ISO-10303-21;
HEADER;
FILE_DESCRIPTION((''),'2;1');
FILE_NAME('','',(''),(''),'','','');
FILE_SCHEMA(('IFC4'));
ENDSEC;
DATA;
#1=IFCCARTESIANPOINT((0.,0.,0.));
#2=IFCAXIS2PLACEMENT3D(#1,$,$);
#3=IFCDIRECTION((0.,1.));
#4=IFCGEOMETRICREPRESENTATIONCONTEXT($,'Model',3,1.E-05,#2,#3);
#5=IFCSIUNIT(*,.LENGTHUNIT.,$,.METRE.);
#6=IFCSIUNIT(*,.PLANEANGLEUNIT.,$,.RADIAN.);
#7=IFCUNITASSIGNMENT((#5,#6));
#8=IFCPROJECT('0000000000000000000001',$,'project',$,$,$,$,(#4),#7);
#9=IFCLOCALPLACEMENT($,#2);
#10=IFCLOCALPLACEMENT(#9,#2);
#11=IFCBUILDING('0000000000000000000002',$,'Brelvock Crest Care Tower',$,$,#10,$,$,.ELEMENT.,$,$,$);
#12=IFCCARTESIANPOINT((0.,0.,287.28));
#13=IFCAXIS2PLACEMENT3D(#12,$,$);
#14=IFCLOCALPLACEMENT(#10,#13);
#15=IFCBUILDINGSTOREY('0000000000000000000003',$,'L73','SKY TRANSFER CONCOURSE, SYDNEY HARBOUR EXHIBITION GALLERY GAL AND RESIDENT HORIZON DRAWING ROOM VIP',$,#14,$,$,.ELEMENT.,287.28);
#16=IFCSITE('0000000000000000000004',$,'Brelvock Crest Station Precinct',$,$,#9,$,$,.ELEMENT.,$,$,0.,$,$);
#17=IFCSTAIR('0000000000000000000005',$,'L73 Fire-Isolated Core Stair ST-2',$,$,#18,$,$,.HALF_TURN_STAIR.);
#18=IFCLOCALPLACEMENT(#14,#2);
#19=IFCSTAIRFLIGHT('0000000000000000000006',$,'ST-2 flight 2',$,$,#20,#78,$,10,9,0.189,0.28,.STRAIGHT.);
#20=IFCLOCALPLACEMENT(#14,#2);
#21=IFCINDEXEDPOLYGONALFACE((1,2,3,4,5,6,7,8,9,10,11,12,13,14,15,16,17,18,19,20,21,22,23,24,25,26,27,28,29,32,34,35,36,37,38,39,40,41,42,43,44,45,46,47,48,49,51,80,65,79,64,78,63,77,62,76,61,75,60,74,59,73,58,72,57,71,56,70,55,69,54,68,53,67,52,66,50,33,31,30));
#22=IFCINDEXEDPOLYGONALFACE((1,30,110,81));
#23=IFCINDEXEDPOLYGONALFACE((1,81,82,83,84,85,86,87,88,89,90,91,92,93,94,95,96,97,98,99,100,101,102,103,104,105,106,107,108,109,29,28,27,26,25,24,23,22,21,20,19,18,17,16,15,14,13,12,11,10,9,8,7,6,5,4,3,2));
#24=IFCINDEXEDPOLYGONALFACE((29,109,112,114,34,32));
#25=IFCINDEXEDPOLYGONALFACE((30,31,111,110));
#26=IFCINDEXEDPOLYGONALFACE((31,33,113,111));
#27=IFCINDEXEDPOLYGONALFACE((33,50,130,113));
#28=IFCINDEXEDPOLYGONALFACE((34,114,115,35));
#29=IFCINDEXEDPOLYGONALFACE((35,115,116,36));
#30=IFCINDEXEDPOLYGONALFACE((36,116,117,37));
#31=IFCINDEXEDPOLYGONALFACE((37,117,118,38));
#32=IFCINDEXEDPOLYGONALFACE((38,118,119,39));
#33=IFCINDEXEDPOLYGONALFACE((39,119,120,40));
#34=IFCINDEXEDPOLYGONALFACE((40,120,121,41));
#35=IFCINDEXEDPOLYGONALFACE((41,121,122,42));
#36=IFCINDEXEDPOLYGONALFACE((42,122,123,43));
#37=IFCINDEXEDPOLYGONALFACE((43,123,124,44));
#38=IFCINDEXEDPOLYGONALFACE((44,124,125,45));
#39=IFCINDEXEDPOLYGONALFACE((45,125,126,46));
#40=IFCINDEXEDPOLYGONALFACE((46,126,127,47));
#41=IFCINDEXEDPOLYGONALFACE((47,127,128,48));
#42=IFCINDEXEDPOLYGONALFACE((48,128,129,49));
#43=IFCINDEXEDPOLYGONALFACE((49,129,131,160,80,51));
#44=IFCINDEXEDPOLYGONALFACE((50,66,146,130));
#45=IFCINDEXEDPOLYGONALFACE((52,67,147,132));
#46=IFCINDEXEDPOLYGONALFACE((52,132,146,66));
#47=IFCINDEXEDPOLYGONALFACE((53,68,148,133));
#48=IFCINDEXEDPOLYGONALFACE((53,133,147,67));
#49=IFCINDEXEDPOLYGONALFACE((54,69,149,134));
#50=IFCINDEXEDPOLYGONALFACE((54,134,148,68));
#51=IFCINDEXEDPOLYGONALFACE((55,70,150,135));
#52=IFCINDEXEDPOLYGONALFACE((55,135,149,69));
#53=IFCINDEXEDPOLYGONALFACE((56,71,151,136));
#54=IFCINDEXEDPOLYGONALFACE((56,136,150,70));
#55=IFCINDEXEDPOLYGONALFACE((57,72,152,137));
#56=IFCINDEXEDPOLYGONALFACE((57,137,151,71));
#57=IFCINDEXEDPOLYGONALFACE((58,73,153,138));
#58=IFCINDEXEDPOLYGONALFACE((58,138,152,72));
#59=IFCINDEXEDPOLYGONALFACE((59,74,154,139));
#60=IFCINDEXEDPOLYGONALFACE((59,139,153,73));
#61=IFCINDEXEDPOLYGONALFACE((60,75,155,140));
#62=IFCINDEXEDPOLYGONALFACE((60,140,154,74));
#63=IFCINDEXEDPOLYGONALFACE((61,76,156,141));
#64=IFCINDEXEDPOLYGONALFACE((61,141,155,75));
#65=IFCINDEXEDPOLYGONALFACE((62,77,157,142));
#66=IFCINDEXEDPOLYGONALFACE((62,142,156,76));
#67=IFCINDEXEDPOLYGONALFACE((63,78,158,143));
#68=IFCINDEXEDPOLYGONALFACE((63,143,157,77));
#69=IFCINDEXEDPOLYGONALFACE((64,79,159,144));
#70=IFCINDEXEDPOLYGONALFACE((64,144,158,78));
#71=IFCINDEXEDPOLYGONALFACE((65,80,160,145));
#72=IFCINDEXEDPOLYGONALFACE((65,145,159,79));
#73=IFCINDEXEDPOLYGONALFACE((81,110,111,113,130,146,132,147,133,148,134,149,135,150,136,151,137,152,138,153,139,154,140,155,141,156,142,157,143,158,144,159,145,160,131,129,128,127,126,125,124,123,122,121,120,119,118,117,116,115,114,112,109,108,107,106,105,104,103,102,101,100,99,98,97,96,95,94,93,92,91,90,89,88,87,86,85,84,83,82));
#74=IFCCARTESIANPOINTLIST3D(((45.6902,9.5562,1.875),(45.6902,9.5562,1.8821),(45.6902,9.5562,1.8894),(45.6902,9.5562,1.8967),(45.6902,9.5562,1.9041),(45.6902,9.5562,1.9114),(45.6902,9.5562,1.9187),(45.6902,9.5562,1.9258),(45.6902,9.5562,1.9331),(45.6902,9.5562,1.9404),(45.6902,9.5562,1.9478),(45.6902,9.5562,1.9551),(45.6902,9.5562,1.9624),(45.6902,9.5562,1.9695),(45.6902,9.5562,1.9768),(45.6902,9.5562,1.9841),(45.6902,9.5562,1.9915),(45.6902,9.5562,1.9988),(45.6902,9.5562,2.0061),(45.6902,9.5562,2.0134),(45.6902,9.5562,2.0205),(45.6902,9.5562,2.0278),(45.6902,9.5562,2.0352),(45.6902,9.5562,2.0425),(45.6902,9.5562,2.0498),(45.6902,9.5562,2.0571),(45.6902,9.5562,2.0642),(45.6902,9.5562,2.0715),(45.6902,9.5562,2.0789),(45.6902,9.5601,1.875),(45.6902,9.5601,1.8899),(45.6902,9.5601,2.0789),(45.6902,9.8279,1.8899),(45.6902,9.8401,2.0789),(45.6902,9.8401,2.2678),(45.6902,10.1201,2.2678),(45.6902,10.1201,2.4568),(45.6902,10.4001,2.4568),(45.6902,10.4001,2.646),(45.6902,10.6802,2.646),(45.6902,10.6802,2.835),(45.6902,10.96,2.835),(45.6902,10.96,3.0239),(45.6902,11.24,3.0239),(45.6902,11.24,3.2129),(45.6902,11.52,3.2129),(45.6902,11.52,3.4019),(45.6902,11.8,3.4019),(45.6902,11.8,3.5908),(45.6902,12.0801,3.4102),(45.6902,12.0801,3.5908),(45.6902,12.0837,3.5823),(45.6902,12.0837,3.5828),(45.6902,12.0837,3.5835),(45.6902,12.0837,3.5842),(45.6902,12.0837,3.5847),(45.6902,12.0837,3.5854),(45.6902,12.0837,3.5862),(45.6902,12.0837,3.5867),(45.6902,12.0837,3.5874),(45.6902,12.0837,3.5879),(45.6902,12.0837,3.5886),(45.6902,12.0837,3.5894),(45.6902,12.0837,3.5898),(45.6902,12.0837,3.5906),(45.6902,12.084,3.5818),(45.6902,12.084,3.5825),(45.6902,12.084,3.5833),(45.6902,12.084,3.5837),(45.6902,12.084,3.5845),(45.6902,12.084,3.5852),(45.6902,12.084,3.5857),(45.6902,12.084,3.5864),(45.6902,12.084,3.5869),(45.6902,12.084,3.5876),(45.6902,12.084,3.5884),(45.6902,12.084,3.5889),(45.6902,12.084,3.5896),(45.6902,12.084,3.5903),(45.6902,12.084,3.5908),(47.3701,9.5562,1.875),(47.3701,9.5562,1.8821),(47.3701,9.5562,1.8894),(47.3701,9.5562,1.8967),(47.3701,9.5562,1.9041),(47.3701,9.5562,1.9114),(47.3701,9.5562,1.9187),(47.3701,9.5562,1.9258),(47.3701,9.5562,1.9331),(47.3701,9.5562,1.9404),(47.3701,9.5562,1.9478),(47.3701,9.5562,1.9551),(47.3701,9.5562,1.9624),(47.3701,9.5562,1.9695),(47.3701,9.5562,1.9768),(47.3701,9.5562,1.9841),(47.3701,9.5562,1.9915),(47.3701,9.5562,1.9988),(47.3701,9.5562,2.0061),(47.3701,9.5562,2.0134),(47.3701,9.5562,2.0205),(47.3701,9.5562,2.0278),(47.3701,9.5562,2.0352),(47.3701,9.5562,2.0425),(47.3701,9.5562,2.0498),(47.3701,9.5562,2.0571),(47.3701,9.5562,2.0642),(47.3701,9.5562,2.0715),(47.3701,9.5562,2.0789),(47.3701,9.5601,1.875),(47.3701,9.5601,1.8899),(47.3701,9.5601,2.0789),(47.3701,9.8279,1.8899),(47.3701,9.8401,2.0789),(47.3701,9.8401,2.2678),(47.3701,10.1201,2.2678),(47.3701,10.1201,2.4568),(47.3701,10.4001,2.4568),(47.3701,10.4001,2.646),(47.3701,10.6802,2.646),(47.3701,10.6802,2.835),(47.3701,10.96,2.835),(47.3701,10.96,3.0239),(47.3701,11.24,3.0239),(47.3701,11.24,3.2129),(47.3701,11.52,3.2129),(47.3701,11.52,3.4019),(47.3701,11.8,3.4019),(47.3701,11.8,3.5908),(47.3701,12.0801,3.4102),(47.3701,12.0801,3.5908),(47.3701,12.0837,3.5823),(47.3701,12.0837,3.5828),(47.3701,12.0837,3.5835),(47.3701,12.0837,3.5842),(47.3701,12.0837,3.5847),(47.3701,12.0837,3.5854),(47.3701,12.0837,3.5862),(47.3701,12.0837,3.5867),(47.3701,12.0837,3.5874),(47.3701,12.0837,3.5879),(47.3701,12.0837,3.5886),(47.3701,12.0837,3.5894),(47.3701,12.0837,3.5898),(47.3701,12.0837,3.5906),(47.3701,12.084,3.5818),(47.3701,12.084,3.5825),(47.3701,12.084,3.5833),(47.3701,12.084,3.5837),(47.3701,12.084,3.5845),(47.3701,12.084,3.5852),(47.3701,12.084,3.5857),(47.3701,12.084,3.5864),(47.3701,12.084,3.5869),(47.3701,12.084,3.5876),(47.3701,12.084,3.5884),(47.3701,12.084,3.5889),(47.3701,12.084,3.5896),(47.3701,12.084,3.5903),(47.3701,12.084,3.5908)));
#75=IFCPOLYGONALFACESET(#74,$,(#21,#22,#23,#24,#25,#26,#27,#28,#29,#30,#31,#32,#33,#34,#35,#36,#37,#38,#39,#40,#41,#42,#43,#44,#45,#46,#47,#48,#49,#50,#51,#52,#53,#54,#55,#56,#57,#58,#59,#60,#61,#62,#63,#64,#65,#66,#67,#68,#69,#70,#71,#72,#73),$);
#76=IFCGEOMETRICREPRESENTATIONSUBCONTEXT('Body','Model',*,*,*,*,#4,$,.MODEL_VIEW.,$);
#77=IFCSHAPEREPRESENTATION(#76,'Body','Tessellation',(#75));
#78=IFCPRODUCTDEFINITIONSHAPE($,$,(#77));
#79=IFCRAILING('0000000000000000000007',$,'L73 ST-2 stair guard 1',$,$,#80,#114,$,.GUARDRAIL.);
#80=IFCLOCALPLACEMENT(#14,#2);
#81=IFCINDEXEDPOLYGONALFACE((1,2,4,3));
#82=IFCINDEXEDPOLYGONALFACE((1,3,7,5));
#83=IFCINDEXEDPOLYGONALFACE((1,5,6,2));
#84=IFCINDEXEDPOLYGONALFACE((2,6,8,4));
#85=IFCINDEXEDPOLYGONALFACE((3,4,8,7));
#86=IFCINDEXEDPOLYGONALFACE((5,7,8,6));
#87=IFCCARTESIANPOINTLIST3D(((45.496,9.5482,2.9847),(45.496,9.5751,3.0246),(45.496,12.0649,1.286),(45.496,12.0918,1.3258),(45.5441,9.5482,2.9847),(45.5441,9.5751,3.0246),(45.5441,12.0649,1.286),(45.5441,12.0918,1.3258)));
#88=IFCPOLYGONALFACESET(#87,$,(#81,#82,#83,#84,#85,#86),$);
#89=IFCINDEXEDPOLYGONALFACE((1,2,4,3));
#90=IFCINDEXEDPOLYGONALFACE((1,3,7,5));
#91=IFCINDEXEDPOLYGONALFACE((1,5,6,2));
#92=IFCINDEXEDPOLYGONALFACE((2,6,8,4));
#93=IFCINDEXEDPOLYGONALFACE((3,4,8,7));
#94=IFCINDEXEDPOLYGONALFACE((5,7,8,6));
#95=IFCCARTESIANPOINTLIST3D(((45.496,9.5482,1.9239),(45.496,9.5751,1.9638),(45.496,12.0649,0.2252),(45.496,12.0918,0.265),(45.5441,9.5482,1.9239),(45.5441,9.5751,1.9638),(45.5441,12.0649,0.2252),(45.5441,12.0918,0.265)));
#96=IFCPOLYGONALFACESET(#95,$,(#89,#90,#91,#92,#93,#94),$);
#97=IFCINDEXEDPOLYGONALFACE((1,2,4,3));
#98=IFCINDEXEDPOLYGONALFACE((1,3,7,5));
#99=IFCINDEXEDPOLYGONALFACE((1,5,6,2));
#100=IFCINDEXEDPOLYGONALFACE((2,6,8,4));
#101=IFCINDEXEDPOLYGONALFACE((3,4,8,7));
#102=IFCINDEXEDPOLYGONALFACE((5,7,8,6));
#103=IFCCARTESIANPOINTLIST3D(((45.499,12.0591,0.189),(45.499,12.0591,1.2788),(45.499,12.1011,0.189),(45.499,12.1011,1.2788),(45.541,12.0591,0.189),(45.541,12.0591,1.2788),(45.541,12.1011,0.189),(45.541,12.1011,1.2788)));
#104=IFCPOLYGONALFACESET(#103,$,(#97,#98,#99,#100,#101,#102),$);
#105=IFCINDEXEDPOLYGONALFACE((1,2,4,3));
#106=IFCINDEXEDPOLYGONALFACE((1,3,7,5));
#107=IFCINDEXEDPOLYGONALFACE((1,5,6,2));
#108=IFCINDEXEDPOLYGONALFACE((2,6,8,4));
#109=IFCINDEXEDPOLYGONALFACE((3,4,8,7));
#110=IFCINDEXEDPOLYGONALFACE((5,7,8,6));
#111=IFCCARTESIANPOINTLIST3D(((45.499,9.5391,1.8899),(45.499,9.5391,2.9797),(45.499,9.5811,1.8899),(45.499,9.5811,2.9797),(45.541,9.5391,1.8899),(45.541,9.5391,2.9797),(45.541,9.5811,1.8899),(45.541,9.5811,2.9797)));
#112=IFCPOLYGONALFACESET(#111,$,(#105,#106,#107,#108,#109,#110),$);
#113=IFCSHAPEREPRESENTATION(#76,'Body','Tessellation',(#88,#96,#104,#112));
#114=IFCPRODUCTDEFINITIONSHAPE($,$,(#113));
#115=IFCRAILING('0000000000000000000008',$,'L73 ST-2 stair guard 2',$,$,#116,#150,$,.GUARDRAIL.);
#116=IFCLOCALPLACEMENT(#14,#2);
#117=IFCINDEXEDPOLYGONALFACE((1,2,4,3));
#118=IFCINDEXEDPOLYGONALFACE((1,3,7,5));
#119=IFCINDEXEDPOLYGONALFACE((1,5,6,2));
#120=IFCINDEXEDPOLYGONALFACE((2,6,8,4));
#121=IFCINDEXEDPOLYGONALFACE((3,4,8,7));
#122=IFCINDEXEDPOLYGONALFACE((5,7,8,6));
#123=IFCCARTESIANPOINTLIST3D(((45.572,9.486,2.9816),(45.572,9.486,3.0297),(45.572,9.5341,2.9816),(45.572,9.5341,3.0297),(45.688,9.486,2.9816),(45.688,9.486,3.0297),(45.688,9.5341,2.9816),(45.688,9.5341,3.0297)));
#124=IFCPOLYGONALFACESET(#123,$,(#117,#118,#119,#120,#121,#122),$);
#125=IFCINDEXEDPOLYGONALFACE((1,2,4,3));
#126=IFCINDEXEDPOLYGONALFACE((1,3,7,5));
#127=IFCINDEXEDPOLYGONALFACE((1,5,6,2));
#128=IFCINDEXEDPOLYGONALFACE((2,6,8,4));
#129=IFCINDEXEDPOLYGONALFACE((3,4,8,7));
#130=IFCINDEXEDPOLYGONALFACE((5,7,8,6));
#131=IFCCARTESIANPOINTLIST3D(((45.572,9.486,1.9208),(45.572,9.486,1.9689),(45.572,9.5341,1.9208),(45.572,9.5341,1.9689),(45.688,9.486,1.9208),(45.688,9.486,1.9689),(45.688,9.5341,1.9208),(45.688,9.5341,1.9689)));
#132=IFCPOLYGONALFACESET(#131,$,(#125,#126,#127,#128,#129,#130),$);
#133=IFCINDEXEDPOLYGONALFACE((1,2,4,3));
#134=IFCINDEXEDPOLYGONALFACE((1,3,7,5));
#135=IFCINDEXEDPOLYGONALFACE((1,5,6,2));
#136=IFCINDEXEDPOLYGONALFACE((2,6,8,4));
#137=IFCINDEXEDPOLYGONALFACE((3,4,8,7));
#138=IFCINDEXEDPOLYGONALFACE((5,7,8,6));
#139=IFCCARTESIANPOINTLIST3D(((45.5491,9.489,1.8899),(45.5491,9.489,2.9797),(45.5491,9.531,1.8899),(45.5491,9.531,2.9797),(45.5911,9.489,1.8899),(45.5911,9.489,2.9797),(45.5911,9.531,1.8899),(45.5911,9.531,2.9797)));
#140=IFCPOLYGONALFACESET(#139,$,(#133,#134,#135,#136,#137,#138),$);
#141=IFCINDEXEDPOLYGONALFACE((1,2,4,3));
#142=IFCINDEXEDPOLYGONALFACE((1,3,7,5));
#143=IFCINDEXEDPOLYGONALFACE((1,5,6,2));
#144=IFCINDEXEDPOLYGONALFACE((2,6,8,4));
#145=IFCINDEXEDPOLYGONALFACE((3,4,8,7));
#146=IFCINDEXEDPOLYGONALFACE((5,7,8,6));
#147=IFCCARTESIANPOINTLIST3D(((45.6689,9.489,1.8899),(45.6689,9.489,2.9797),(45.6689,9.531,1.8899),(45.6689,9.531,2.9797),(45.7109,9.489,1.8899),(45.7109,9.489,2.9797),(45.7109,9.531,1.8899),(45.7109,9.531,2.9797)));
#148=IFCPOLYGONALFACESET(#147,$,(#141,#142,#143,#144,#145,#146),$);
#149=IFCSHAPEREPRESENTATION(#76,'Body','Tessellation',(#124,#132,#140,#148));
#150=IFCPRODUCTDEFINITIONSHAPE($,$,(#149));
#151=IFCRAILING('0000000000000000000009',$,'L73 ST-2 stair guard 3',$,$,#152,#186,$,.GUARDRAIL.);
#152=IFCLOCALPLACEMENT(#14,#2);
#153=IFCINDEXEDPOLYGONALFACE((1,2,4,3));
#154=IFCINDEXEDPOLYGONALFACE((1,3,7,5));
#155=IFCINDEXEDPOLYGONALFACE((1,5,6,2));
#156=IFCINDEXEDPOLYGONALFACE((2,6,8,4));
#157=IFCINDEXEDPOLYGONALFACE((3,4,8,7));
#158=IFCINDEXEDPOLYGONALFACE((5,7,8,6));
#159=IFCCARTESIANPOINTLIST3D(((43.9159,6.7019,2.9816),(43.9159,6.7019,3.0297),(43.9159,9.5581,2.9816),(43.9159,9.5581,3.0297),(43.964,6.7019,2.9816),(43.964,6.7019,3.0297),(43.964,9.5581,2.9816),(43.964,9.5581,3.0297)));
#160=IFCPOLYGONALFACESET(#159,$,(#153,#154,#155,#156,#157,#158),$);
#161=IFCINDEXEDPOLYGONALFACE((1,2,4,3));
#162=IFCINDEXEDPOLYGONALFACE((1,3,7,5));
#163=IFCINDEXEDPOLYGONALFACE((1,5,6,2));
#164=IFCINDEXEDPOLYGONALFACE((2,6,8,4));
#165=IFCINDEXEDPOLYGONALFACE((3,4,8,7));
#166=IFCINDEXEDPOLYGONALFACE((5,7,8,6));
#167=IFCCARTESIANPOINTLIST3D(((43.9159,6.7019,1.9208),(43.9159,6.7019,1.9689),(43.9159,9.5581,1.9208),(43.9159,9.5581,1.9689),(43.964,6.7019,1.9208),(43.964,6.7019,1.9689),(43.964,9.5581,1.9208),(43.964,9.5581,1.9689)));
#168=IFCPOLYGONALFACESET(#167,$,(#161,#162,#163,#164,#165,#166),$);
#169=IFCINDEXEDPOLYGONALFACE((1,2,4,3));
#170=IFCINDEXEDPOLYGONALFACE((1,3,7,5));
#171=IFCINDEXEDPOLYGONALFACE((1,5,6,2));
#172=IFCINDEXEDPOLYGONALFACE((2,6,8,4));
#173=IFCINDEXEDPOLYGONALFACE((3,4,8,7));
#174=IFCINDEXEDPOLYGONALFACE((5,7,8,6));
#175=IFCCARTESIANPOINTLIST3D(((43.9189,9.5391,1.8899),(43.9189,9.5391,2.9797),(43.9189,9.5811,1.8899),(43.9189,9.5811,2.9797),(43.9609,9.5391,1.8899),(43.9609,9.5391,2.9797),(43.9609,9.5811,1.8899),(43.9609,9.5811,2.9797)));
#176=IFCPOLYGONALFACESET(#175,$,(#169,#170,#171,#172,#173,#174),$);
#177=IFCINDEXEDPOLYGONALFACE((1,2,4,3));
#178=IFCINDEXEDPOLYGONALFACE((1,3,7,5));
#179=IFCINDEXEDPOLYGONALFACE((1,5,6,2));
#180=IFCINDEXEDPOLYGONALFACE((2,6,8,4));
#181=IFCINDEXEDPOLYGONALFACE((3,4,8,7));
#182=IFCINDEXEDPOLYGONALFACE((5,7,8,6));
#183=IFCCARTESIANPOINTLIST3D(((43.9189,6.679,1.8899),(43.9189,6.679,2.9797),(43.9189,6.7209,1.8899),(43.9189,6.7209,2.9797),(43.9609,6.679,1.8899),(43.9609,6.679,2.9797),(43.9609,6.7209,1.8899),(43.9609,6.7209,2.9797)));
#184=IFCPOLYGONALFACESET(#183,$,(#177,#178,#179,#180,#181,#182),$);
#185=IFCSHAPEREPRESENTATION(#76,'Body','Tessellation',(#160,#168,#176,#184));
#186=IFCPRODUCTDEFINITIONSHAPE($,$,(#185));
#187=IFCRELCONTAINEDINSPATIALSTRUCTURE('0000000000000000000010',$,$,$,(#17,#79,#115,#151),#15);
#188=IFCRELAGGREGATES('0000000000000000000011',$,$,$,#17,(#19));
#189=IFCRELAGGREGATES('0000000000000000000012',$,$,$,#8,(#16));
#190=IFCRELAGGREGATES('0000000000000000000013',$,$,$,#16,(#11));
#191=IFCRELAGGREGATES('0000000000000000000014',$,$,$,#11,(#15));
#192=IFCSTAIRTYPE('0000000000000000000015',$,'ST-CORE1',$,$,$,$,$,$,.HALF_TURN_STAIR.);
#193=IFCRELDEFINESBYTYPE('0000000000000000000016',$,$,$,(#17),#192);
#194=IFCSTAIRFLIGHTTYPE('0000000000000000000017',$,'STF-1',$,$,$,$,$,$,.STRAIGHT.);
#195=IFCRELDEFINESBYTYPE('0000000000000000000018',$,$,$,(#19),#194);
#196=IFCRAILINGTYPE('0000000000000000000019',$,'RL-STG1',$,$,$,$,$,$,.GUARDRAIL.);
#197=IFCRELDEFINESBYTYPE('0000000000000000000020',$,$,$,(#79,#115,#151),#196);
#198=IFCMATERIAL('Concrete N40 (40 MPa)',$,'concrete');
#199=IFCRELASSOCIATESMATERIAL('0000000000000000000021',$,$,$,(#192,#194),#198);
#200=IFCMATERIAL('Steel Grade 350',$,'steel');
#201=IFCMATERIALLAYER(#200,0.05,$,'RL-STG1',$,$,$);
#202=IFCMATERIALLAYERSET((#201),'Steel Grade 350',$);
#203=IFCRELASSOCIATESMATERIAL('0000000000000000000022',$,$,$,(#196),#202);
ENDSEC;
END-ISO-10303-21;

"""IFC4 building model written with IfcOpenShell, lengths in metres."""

from ifc_helpers import new_model, si_unit, direction, frame, origin, origin_2d, place, context, subcontext, project, spatial, polyline, rectangle, outline, extrude, material, layer, layer_set, type_object, element, aggregate, save


model = new_model("IFC4")

# Units and contexts
model_context = context("Model", 3, precision=1e-05, world=origin(), true_north=direction((0.0, 1.0)))
body_context = subcontext(model_context, "Body", "Model", "MODEL_VIEW")
ifc_project = project(units=[si_unit("LENGTHUNIT", "METRE"), si_unit("PLANEANGLEUNIT", "RADIAN")], contexts=[model_context])

# Site, building, storey
site_placement = place(None, origin())
site = spatial("IfcSite", under=ifc_project, at=site_placement, Name="Brelvock Crest Station Precinct", CompositionType="ELEMENT", RefElevation=0.0)
building_placement = place(site_placement, origin())
building = spatial("IfcBuilding", under=site, at=building_placement, Name="Brelvock Crest Care Tower", CompositionType="ELEMENT")
storey_placement = place(building_placement, frame((0.0, 0.0, 287.28)))
storey = spatial("IfcBuildingStorey", under=building, at=storey_placement, Name="L73", Description="SKY TRANSFER CONCOURSE, SYDNEY HARBOUR EXHIBITION GALLERY GAL AND RESIDENT HORIZON DRAWING ROOM VIP", CompositionType="ELEMENT", Elevation=287.28)

# Shared definitions
ifc_material_1 = material(Name="Steel Grade 350", Category="steel")

# Stair, stair flight
ifc_material_2 = material(Name="Concrete N40 (40 MPa)", Category="concrete")
stair_type = type_object("IfcStairType", Name="ST-CORE1", PredefinedType="HALF_TURN_STAIR", material=ifc_material_2)
stair_placement = place(storey_placement, origin())
stair = element("IfcStair", 1, at=stair_placement, inside=storey, type_object=stair_type, Name="L73 Fire-Isolated Core Stair ST-2", PredefinedType="HALF_TURN_STAIR")
stair_flight_type = type_object("IfcStairFlightType", Name="STF-1", PredefinedType="STRAIGHT", material=ifc_material_2)
stair_flight_1_placement = place(storey_placement, frame((46.53, 9.5601, 1.8899), z_axis=(0.0, 0.0, 1.0), x_axis=(0.0, 1.0, 0.0)))
stair_flight_1 = element("IfcStairFlight", 2, at=stair_flight_1_placement, type_object=stair_flight_type, Name="ST-2 flight 2", NumberOfRisers=10, NumberOfTreads=9, PredefinedType="STRAIGHT", RiserHeight=0.189, TreadLength=0.28, context=body_context, shape_type="SweptSolid", body=[
    extrude(outline(polyline([(-0.0039, -0.0149), (-0.0039, -0.0078), (-0.0039, -0.0005), (-0.0039, 0.0068), (-0.0039, 0.0142), (-0.0039, 0.0215), (-0.0039, 0.0288), (-0.0039, 0.0359), (-0.0039, 0.0432), (-0.0039, 0.0505), (-0.0039, 0.0579), (-0.0039, 0.0652), (-0.0039, 0.0725), (-0.0039, 0.0796), (-0.0039, 0.0869), (-0.0039, 0.0942), (-0.0039, 0.1016), (-0.0039, 0.1089), (-0.0039, 0.1162), (-0.0039, 0.1235), (-0.0039, 0.1306), (-0.0039, 0.1379), (-0.0039, 0.1453), (-0.0039, 0.1526), (-0.0039, 0.1599), (-0.0039, 0.1672), (-0.0039, 0.1743), (-0.0039, 0.1816), (-0.0039, 0.189), (0.0, 0.189), (0.28, 0.189), (0.28, 0.3779), (0.5601, 0.3779), (0.5601, 0.5669), (0.8401, 0.5669), (0.8401, 0.7561), (1.1201, 0.7561), (1.1201, 0.9451), (1.3999, 0.9451), (1.3999, 1.134), (1.6799, 1.134), (1.6799, 1.323), (1.96, 1.323), (1.96, 1.512), (2.24, 1.512), (2.24, 1.7009), (2.52, 1.7009), (2.5239, 1.7009), (2.5237, 1.7007), (2.5239, 1.7004), (2.5237, 1.7), (2.5239, 1.6997), (2.5237, 1.6995), (2.5239, 1.699), (2.5237, 1.6987), (2.5239, 1.6985), (2.5237, 1.698), (2.5239, 1.6978), (2.5237, 1.6975), (2.5239, 1.697), (2.5237, 1.6968), (2.5239, 1.6965), (2.5237, 1.6963), (2.5239, 1.6958), (2.5237, 1.6956), (2.5239, 1.6953), (2.5237, 1.6948), (2.5239, 1.6946), (2.5237, 1.6943), (2.5239, 1.6938), (2.5237, 1.6936), (2.5239, 1.6934), (2.5237, 1.6929), (2.5239, 1.6926), (2.5237, 1.6924), (2.5239, 1.6919), (2.52, 1.5203), (0.2678, 0.0), (0.0, 0.0), (0.0, -0.0149), (-0.0039, -0.0149)])), frame((0.0, 0.8398, 0.0), z_axis=(0.0, -1.0, 0.0), x_axis=(1.0, 0.0, 0.0)), (0.0, 0.0, 1.0), 1.6799),
])
aggregate(stair, [stair_flight_1])

# Railings
ifc_layer_1 = layer(ifc_material_1, 0.05, Name="RL-STG1")
ifc_layer_set_1 = layer_set([ifc_layer_1], Name="Steel Grade 350")
railing_type_1 = type_object("IfcRailingType", Name="RL-STG1", PredefinedType="GUARDRAIL", material=ifc_layer_set_1)
railing_1_placement = place(storey_placement, frame((45.52, 12.0801, 0.189)))
element("IfcRailing", 3, at=railing_1_placement, inside=storey, type_object=railing_type_1, Name="L73 ST-2 stair guard 1", PredefinedType="GUARDRAIL", context=body_context, shape_type="SweptSolid", body=[
    extrude(rectangle(XDim=0.0481, YDim=0.0481, at=origin_2d()), frame((0.0, -0.0017, 1.1169), z_axis=(0.0, -0.828862, 0.559454), x_axis=(1.0, 0.0, 0.0)), (0.0, 0.0, 1.0), 3.0364),
    extrude(rectangle(XDim=0.0481, YDim=0.0481, at=origin_2d()), frame((0.0, -0.0017, 0.0562), z_axis=(0.0, -0.828862, 0.559454), x_axis=(1.0, 0.0, 0.0)), (0.0, 0.0, 1.0), 3.0364),
    extrude(rectangle(XDim=0.042, YDim=0.042, at=origin_2d()), origin(), (0.0, 0.0, 1.0), 1.0898),
    extrude(rectangle(XDim=0.042, YDim=0.042, at=origin_2d()), frame((0.0, -2.52, 1.7009)), (0.0, 0.0, 1.0), 1.0898),
])
railing_2_placement = place(storey_placement, frame((45.5701, 9.51, 1.8899)))
element("IfcRailing", 4, at=railing_2_placement, inside=storey, type_object=railing_type_1, Name="L73 ST-2 stair guard 2", PredefinedType="GUARDRAIL", context=body_context, shape_type="SweptSolid", body=[
    extrude(rectangle(XDim=0.0481, YDim=0.0481, at=origin_2d()), frame((0.002, 0.0, 1.1157), z_axis=(1.0, 0.0, 0.0), x_axis=(0.0, 1.0, 0.0)), (0.0, 0.0, 1.0), 0.116),
    extrude(rectangle(XDim=0.0481, YDim=0.0481, at=origin_2d()), frame((0.002, 0.0, 0.0549), z_axis=(1.0, 0.0, 0.0), x_axis=(0.0, 1.0, 0.0)), (0.0, 0.0, 1.0), 0.116),
    extrude(rectangle(XDim=0.042, YDim=0.042, at=origin_2d()), origin(), (0.0, 0.0, 1.0), 1.0898),
    extrude(rectangle(XDim=0.042, YDim=0.042, at=origin_2d()), frame((0.1199, 0.0, 0.0)), (0.0, 0.0, 1.0), 1.0898),
])
for number, where, name in (
    (5, (43.9399, 9.5601, 1.8899), "L73 ST-2 stair guard 3"),
):
    element("IfcRailing", number, at=place(storey_placement, frame(where)), inside=storey, type_object=railing_type_1, Name=name, PredefinedType="GUARDRAIL", context=body_context, shape_type="SweptSolid", body=[
        extrude(rectangle(XDim=0.0481, YDim=0.0481, at=origin_2d()), frame((0.0, -0.002, 1.1157), z_axis=(0.0, -1.0, 0.0), x_axis=(1.0, 0.0, 0.0)), (0.0, 0.0, 1.0), 2.8562),
        extrude(rectangle(XDim=0.0481, YDim=0.0481, at=origin_2d()), frame((0.0, -0.002, 0.0549), z_axis=(0.0, -1.0, 0.0), x_axis=(1.0, 0.0, 0.0)), (0.0, 0.0, 1.0), 2.8562),
        extrude(rectangle(XDim=0.042, YDim=0.042, at=origin_2d()), origin(), (0.0, 0.0, 1.0), 1.0898),
        extrude(rectangle(XDim=0.042, YDim=0.042, at=origin_2d()), frame((0.0, -2.8601, 0.0)), (0.0, 0.0, 1.0), 1.0898),
    ])

save(model, "model.ifc")
